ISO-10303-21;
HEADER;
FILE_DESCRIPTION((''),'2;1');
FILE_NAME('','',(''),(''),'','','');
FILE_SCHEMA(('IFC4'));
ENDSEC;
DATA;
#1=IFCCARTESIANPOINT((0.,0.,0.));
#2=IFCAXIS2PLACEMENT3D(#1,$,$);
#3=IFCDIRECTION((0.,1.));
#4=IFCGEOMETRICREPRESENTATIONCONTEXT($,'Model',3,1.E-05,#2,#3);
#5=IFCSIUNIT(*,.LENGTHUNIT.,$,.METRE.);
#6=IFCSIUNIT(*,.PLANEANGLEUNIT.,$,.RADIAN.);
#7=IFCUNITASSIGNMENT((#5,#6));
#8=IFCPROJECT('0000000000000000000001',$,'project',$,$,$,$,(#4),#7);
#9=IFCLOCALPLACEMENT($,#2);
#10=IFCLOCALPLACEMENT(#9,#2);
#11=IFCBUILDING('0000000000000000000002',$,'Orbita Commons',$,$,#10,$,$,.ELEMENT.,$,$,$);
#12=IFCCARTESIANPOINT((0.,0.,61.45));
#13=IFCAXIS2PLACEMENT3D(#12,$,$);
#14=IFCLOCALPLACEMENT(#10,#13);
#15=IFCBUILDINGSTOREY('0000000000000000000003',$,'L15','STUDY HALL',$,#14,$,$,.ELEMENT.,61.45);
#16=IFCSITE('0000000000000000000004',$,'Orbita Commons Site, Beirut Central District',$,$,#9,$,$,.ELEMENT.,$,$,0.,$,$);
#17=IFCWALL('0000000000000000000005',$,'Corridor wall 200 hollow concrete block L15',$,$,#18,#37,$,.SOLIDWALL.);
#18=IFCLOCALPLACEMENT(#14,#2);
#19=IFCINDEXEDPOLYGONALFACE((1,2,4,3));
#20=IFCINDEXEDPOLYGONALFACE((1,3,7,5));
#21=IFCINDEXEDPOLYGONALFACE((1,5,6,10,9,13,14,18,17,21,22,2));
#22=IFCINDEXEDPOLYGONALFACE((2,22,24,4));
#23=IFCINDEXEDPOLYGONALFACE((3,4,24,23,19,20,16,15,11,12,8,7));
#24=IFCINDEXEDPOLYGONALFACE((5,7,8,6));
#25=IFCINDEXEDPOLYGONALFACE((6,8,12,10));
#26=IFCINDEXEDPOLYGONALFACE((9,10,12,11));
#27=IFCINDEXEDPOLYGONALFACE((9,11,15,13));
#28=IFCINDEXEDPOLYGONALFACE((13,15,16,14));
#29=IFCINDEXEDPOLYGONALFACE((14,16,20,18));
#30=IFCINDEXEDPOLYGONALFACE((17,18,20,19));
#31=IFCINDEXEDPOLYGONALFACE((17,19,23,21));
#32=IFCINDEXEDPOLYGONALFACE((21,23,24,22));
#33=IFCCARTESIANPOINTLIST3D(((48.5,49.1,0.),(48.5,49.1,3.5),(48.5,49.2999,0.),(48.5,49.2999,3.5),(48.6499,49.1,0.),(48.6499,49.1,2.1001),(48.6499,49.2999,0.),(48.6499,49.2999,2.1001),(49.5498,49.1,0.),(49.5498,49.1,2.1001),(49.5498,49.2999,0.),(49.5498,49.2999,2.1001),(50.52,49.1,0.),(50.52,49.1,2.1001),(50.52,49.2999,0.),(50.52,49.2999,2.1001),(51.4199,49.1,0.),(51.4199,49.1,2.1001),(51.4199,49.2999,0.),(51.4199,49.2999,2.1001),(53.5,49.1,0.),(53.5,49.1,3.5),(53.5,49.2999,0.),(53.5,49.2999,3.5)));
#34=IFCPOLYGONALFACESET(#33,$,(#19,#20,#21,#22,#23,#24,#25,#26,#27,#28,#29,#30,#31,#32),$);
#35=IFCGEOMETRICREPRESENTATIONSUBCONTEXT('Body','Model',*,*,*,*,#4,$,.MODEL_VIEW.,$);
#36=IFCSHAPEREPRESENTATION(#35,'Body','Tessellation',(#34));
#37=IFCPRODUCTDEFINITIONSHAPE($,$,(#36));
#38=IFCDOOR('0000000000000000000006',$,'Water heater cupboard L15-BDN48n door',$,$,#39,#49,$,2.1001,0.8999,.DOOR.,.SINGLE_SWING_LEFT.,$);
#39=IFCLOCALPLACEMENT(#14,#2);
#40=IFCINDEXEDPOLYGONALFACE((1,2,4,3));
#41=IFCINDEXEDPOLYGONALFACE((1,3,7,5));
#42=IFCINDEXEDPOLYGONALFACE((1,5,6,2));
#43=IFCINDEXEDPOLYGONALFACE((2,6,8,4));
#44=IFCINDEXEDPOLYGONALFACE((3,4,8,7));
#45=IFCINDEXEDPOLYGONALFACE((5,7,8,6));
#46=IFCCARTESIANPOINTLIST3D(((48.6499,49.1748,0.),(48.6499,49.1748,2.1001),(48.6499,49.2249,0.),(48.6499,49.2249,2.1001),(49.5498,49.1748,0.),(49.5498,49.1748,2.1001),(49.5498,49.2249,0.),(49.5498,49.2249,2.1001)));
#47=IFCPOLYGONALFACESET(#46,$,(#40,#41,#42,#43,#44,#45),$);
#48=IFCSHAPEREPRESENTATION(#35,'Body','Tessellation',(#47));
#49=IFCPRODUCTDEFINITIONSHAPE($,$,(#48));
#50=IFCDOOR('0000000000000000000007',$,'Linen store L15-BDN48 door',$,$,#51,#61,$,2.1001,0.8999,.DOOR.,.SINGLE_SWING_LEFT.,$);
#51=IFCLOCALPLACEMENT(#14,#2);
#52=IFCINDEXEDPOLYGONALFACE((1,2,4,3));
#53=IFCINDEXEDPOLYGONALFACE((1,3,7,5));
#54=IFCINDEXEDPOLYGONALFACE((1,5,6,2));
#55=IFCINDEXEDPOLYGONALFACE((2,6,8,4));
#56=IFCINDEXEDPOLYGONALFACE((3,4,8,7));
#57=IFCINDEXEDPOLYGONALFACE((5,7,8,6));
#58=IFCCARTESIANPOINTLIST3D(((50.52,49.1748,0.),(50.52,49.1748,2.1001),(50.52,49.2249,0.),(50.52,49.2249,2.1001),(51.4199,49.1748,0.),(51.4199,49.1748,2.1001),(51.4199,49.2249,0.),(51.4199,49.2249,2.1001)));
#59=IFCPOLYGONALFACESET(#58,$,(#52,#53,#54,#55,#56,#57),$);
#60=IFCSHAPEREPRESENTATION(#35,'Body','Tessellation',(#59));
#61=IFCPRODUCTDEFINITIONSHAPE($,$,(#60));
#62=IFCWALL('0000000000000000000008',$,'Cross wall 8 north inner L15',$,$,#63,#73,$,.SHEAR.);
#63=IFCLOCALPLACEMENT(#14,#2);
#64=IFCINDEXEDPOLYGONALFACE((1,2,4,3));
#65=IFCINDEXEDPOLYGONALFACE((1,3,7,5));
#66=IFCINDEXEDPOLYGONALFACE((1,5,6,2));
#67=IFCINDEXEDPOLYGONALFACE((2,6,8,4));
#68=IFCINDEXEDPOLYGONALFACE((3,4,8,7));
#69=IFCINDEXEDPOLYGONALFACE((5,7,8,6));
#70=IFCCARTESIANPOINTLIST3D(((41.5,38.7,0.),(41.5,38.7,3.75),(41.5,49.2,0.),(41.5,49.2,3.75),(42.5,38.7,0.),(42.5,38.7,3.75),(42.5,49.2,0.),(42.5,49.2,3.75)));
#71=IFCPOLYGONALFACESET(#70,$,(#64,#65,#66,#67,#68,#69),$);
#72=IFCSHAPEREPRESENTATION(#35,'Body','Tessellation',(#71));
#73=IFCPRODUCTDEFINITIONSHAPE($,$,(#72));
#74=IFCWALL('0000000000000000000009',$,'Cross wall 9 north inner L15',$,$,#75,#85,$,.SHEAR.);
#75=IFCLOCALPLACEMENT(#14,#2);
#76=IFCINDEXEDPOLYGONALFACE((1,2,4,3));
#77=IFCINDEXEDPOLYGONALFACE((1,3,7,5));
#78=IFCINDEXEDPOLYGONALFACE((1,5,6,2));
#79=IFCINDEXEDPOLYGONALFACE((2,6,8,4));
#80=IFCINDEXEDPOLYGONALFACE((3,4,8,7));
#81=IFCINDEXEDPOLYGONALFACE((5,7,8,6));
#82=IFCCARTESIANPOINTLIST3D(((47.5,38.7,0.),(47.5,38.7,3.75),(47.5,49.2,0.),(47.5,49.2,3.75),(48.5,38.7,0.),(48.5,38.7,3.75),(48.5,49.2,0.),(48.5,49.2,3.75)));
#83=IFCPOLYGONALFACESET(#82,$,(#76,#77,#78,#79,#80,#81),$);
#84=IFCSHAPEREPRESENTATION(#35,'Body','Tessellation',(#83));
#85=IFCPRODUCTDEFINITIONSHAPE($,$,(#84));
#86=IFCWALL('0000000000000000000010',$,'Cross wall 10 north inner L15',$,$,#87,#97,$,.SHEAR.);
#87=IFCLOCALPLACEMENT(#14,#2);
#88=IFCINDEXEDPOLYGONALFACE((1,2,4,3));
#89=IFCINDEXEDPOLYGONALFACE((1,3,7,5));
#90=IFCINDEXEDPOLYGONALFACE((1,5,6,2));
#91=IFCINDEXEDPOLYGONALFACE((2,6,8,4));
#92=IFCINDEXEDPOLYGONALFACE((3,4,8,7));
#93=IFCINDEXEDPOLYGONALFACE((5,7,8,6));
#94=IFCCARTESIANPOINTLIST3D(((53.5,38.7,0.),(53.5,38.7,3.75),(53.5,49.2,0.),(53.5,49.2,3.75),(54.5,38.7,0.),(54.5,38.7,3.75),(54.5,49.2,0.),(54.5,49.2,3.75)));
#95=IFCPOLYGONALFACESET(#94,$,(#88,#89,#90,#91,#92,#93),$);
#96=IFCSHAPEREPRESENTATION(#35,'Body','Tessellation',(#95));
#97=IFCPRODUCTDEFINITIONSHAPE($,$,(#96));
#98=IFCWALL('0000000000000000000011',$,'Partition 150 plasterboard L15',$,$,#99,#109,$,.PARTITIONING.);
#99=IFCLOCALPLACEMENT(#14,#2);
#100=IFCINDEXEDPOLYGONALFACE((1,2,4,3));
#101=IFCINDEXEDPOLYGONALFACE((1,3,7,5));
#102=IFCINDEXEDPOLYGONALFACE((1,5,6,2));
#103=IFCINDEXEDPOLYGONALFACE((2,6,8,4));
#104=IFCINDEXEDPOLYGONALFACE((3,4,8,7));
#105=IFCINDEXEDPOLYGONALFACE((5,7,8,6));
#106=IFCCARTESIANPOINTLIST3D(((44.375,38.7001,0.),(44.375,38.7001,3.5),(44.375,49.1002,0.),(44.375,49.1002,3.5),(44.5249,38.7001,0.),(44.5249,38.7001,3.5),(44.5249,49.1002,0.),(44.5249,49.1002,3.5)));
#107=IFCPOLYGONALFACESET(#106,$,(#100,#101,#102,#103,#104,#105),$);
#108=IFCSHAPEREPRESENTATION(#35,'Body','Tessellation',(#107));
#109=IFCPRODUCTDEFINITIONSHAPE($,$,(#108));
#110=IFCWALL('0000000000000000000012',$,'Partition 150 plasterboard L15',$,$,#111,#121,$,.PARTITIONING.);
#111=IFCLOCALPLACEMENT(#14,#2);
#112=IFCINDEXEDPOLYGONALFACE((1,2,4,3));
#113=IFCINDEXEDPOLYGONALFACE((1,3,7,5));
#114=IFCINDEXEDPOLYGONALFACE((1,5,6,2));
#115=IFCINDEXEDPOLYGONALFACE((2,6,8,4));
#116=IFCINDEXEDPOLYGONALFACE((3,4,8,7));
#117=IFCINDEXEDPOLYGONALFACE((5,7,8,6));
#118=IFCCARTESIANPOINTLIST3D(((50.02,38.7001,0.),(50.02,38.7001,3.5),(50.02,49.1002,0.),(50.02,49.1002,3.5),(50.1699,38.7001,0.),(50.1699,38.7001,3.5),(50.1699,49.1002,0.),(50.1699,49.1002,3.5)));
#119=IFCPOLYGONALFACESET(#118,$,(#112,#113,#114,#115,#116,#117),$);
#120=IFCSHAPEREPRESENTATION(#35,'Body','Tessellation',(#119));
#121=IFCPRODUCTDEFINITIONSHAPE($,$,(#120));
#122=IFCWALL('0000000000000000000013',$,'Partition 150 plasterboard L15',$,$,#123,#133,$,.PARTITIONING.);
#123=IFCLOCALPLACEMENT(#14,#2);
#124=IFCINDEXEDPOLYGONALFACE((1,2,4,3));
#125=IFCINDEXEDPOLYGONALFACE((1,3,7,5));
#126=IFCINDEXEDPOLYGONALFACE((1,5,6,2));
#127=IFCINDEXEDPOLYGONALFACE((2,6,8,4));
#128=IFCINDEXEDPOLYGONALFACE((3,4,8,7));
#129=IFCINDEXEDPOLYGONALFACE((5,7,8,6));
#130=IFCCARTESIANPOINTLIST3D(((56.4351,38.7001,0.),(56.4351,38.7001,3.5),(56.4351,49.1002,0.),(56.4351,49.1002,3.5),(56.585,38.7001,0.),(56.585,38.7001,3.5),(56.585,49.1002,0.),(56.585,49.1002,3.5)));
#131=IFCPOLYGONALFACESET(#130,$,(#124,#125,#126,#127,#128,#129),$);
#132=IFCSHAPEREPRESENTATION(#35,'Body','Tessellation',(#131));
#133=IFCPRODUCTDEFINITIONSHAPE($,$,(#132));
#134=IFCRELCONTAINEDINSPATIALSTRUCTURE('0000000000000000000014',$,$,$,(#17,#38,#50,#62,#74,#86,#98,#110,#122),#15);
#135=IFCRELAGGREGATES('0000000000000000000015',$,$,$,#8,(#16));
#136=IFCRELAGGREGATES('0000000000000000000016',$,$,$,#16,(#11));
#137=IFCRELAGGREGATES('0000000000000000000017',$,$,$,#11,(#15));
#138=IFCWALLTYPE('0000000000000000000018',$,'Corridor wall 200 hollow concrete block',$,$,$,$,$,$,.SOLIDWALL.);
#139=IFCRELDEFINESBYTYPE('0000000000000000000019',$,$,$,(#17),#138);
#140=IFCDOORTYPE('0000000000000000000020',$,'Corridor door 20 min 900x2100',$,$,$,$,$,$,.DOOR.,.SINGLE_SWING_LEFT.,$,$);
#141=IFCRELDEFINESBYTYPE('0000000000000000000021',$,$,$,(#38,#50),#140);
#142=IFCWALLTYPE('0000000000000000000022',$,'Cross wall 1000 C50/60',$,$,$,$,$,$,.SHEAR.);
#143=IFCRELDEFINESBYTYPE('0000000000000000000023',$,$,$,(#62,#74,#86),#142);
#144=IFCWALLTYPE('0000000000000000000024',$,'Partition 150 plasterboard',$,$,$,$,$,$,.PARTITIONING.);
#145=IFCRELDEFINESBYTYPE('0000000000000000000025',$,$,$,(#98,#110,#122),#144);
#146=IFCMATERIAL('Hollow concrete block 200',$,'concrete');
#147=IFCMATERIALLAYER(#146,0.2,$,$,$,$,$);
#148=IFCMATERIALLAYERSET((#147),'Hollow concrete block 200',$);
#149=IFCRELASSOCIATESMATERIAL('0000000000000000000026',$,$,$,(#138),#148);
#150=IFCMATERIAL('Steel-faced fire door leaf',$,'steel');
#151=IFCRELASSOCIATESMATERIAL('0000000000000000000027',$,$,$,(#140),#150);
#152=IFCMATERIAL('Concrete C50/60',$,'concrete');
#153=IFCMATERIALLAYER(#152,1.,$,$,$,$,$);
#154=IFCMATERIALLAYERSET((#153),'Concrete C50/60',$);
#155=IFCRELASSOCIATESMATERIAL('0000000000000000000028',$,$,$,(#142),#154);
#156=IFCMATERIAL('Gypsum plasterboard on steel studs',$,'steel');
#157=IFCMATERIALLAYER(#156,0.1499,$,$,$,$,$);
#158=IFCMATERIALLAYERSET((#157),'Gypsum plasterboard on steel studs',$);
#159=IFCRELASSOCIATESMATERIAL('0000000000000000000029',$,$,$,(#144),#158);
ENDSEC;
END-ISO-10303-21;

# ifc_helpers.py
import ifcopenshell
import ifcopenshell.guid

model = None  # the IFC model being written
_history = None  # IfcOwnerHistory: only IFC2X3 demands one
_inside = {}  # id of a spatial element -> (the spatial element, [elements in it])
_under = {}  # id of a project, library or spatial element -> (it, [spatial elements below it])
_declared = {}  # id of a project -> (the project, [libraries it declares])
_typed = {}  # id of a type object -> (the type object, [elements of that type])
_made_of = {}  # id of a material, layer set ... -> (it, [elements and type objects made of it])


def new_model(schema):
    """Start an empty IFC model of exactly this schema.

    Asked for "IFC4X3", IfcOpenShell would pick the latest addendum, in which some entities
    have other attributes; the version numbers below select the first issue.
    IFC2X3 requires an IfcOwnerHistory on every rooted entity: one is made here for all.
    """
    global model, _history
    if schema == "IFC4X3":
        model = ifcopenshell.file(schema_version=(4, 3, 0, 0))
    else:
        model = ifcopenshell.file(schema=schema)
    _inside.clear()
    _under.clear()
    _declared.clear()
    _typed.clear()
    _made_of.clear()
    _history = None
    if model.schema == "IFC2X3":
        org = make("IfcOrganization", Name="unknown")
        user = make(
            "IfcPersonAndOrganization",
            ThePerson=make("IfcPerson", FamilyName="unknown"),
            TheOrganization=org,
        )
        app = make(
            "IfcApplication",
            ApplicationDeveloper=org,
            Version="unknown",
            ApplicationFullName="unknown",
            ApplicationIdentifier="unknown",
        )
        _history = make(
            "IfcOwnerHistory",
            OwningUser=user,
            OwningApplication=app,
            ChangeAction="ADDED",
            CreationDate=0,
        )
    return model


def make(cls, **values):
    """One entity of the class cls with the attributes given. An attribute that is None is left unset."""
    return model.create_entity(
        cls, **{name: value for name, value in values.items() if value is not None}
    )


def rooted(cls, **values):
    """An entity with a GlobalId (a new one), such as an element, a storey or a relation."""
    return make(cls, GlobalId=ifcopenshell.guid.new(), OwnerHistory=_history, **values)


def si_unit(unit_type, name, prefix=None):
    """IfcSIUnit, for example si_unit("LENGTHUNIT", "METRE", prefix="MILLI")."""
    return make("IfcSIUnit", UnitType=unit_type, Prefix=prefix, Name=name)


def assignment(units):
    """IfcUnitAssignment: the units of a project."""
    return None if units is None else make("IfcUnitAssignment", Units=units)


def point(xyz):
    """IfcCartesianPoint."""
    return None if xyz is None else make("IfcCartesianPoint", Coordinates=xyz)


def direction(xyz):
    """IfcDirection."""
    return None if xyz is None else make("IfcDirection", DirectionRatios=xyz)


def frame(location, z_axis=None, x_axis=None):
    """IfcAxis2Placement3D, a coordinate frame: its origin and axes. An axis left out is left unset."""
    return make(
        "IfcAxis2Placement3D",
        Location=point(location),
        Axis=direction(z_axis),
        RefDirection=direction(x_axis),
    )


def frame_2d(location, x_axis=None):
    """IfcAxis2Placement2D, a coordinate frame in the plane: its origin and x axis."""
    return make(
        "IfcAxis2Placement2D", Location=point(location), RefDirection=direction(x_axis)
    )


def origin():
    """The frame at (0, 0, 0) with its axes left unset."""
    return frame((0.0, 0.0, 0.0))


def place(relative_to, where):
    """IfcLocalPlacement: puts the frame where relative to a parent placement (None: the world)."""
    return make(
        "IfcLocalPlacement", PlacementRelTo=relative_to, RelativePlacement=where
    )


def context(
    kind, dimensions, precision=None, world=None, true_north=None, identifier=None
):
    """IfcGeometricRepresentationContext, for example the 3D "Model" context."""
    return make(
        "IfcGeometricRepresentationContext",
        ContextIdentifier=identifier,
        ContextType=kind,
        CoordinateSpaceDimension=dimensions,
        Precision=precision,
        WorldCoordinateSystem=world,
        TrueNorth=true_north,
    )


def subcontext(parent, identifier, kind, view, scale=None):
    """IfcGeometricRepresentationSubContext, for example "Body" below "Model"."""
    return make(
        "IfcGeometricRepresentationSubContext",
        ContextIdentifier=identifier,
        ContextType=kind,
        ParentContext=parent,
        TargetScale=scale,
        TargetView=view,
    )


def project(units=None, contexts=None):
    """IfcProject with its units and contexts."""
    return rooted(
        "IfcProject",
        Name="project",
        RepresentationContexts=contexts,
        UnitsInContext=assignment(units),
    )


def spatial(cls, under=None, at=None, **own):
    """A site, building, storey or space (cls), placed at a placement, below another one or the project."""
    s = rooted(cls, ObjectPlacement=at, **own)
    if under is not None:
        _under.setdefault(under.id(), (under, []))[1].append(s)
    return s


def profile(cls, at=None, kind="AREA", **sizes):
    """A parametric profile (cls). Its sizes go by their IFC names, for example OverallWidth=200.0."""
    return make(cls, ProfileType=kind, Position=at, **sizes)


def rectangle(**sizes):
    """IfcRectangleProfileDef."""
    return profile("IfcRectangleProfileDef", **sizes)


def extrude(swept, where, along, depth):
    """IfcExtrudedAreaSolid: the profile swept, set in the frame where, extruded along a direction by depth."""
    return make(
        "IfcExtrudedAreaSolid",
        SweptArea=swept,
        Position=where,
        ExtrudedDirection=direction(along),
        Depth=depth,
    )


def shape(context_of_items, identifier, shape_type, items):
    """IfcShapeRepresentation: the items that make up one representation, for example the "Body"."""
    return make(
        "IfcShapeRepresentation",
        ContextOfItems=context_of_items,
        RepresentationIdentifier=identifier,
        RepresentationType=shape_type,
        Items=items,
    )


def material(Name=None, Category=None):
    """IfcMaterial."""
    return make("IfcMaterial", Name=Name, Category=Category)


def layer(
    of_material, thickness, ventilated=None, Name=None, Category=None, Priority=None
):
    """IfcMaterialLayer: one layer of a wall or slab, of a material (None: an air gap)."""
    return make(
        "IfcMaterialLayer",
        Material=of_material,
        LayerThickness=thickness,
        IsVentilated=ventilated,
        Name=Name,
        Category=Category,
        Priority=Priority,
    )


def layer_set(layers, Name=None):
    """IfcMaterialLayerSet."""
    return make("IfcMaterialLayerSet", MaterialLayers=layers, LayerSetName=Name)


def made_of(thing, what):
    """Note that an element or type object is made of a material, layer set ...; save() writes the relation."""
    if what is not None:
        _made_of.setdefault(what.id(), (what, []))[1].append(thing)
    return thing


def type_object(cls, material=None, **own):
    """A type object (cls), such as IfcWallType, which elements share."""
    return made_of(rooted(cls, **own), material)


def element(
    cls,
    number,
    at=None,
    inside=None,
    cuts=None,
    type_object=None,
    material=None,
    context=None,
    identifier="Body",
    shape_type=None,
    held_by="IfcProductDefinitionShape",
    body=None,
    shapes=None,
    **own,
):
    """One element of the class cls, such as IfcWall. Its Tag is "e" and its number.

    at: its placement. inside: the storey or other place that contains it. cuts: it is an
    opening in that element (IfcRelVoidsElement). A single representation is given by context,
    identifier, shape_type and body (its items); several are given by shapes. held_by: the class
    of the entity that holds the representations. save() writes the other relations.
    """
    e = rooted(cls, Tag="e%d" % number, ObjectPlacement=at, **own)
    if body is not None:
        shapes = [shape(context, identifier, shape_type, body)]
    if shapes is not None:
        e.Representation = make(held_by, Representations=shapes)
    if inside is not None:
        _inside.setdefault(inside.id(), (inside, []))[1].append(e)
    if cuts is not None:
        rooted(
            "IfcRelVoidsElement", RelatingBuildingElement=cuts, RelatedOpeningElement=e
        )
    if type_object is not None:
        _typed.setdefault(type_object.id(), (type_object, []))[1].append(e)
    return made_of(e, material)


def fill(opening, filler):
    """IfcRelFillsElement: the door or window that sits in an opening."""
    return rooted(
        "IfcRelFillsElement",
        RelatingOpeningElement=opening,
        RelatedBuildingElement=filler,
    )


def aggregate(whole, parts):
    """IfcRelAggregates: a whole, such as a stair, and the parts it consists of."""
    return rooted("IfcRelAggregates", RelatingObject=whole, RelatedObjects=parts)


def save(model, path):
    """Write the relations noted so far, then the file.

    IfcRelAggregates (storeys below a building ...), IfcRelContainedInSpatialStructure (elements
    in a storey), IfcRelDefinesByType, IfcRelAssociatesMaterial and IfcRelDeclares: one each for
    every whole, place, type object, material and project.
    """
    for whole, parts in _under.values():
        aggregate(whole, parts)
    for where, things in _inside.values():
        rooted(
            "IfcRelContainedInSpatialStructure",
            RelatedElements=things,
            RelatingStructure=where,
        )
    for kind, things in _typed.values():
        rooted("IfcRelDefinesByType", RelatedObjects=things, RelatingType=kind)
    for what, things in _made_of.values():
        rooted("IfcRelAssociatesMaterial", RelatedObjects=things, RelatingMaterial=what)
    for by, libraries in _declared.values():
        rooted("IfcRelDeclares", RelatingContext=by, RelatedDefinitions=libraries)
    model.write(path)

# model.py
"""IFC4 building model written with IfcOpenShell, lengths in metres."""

from ifc_helpers import new_model, si_unit, direction, frame, frame_2d, origin, place, context, subcontext, project, spatial, rectangle, extrude, material, layer, layer_set, type_object, element, fill, save


model = new_model("IFC4")

# Units and contexts
model_context = context("Model", 3, precision=1e-05, world=origin(), true_north=direction((0.0, 1.0)))
body_context = subcontext(model_context, "Body", "Model", "MODEL_VIEW")
ifc_project = project(units=[si_unit("LENGTHUNIT", "METRE"), si_unit("PLANEANGLEUNIT", "RADIAN")], contexts=[model_context])

# Site, building, storey
site_placement = place(None, origin())
site = spatial("IfcSite", under=ifc_project, at=site_placement, Name="Orbita Commons Site, Beirut Central District", CompositionType="ELEMENT", RefElevation=0.0)
building_placement = place(site_placement, origin())
building = spatial("IfcBuilding", under=site, at=building_placement, Name="Orbita Commons", CompositionType="ELEMENT")
storey_placement = place(building_placement, frame((0.0, 0.0, 61.45)))
storey = spatial("IfcBuildingStorey", under=building, at=storey_placement, Name="L15", Description="STUDY HALL", CompositionType="ELEMENT", Elevation=61.45)

# Wall, openings, doors
ifc_material_1 = material(Name="Hollow concrete block 200", Category="concrete")
ifc_layer_1 = layer(ifc_material_1, 0.2)
ifc_layer_set_1 = layer_set([ifc_layer_1], Name="Hollow concrete block 200")
wall_type_1 = type_object("IfcWallType", Name="Corridor wall 200 hollow concrete block", PredefinedType="SOLIDWALL", material=ifc_layer_set_1)
ifc_material_2 = material(Name="Steel-faced fire door leaf", Category="steel")
door_type_1 = type_object("IfcDoorType", Name="Corridor door 20 min 900x2100", OperationType="SINGLE_SWING_LEFT", PredefinedType="DOOR", material=ifc_material_2)
wall_1_placement = place(storey_placement, frame((48.5, 49.2, 0.0), z_axis=(0.0, 0.0, 1.0), x_axis=(1.0, 0.0, 0.0)))
wall_1 = element("IfcWall", 1, at=wall_1_placement, inside=storey, type_object=wall_type_1, Name="Corridor wall 200 hollow concrete block L15", PredefinedType="SOLIDWALL", context=body_context, shape_type="SweptSolid", body=[
    extrude(rectangle(XDim=5.0, YDim=0.2, at=frame_2d((2.5, 0.0))), origin(), (0.0, 0.0, 1.0), 3.5),
])
opening_1_placement = place(wall_1_placement, frame((0.1499, 0.0, 0.0)))
opening_1 = element("IfcOpeningElement", 2, at=opening_1_placement, cuts=wall_1, PredefinedType="OPENING", context=body_context, shape_type="SweptSolid", body=[
    extrude(rectangle(XDim=0.8999, YDim=2.1001, at=frame_2d((0.45, 1.05))), frame((0.0, 0.1099, 0.0), z_axis=(0.0, -1.0, 0.0), x_axis=(1.0, 0.0, 0.0)), (0.0, 0.0, 1.0), 0.22),
])
opening_2_placement = place(wall_1_placement, frame((2.02, 0.0, 0.0)))
opening_2 = element("IfcOpeningElement", 3, at=opening_2_placement, cuts=wall_1, PredefinedType="OPENING", context=body_context, shape_type="SweptSolid", body=[
    extrude(rectangle(XDim=0.8999, YDim=2.1001, at=frame_2d((0.45, 1.05))), frame((0.0, 0.1099, 0.0), z_axis=(0.0, -1.0, 0.0), x_axis=(1.0, 0.0, 0.0)), (0.0, 0.0, 1.0), 0.22),
])
door_1_placement = place(opening_1_placement, origin())
door_1 = element("IfcDoor", 4, at=door_1_placement, inside=storey, type_object=door_type_1, Name="Water heater cupboard L15-BDN48n door", OperationType="SINGLE_SWING_LEFT", OverallHeight=2.1001, OverallWidth=0.8999, PredefinedType="DOOR", context=body_context, shape_type="SweptSolid", body=[
    extrude(rectangle(XDim=0.8999, YDim=2.1001, at=frame_2d((0.45, 1.05))), frame((0.0, 0.0249, 0.0), z_axis=(0.0, -1.0, 0.0), x_axis=(1.0, 0.0, 0.0)), (0.0, 0.0, 1.0), 0.05),
])
fill(opening_1, door_1)
door_2_placement = place(opening_2_placement, origin())
door_2 = element("IfcDoor", 5, at=door_2_placement, inside=storey, type_object=door_type_1, Name="Linen store L15-BDN48 door", OperationType="SINGLE_SWING_LEFT", OverallHeight=2.1001, OverallWidth=0.8999, PredefinedType="DOOR", context=body_context, shape_type="SweptSolid", body=[
    extrude(rectangle(XDim=0.8999, YDim=2.1001, at=frame_2d((0.45, 1.05))), frame((0.0, 0.0249, 0.0), z_axis=(0.0, -1.0, 0.0), x_axis=(1.0, 0.0, 0.0)), (0.0, 0.0, 1.0), 0.05),
])
fill(opening_2, door_2)

# Walls
ifc_material_3 = material(Name="Concrete C50/60", Category="concrete")
ifc_layer_2 = layer(ifc_material_3, 1.0)
ifc_layer_set_2 = layer_set([ifc_layer_2], Name="Concrete C50/60")
wall_type_2 = type_object("IfcWallType", Name="Cross wall 1000 C50/60", PredefinedType="SHEAR", material=ifc_layer_set_2)
for number, where, z_axis, x_axis, name in (
    (6, (42.0, 38.7, 0.0), (0.0, 0.0, 1.0), (0.0, 1.0, 0.0), "Cross wall 8 north inner L15"),
    (7, (48.0, 38.7, 0.0), (0.0, 0.0, 1.0), (0.0, 1.0, 0.0), "Cross wall 9 north inner L15"),
    (8, (54.0, 38.7, 0.0), (0.0, 0.0, 1.0), (0.0, 1.0, 0.0), "Cross wall 10 north inner L15"),
):
    element("IfcWall", number, at=place(storey_placement, frame(where, z_axis=z_axis, x_axis=x_axis)), inside=storey, type_object=wall_type_2, Name=name, PredefinedType="SHEAR", context=body_context, shape_type="SweptSolid", body=[
        extrude(rectangle(XDim=10.5, YDim=1.0, at=frame_2d((5.25, 0.0))), origin(), (0.0, 0.0, 1.0), 3.75),
    ])
ifc_material_4 = material(Name="Gypsum plasterboard on steel studs", Category="steel")
ifc_layer_3 = layer(ifc_material_4, 0.1499)
ifc_layer_set_3 = layer_set([ifc_layer_3], Name="Gypsum plasterboard on steel studs")
wall_type_3 = type_object("IfcWallType", Name="Partition 150 plasterboard", PredefinedType="PARTITIONING", material=ifc_layer_set_3)
for number, where, z_axis, x_axis, name in (
    (9, (44.45, 38.7, 0.0), (0.0, 0.0, 1.0), (0.0, 1.0, 0.0), "Partition 150 plasterboard L15"),
    (10, (50.095, 38.7, 0.0), (0.0, 0.0, 1.0), (0.0, 1.0, 0.0), "Partition 150 plasterboard L15"),
    (11, (56.51, 38.7, 0.0), (0.0, 0.0, 1.0), (0.0, 1.0, 0.0), "Partition 150 plasterboard L15"),
):
    element("IfcWall", number, at=place(storey_placement, frame(where, z_axis=z_axis, x_axis=x_axis)), inside=storey, type_object=wall_type_3, Name=name, PredefinedType="PARTITIONING", context=body_context, shape_type="SweptSolid", body=[
        extrude(rectangle(XDim=10.4001, YDim=0.1499, at=frame_2d((5.2002, 0.0))), origin(), (0.0, 0.0, 1.0), 3.5),
    ])

save(model, "model.ifc")
